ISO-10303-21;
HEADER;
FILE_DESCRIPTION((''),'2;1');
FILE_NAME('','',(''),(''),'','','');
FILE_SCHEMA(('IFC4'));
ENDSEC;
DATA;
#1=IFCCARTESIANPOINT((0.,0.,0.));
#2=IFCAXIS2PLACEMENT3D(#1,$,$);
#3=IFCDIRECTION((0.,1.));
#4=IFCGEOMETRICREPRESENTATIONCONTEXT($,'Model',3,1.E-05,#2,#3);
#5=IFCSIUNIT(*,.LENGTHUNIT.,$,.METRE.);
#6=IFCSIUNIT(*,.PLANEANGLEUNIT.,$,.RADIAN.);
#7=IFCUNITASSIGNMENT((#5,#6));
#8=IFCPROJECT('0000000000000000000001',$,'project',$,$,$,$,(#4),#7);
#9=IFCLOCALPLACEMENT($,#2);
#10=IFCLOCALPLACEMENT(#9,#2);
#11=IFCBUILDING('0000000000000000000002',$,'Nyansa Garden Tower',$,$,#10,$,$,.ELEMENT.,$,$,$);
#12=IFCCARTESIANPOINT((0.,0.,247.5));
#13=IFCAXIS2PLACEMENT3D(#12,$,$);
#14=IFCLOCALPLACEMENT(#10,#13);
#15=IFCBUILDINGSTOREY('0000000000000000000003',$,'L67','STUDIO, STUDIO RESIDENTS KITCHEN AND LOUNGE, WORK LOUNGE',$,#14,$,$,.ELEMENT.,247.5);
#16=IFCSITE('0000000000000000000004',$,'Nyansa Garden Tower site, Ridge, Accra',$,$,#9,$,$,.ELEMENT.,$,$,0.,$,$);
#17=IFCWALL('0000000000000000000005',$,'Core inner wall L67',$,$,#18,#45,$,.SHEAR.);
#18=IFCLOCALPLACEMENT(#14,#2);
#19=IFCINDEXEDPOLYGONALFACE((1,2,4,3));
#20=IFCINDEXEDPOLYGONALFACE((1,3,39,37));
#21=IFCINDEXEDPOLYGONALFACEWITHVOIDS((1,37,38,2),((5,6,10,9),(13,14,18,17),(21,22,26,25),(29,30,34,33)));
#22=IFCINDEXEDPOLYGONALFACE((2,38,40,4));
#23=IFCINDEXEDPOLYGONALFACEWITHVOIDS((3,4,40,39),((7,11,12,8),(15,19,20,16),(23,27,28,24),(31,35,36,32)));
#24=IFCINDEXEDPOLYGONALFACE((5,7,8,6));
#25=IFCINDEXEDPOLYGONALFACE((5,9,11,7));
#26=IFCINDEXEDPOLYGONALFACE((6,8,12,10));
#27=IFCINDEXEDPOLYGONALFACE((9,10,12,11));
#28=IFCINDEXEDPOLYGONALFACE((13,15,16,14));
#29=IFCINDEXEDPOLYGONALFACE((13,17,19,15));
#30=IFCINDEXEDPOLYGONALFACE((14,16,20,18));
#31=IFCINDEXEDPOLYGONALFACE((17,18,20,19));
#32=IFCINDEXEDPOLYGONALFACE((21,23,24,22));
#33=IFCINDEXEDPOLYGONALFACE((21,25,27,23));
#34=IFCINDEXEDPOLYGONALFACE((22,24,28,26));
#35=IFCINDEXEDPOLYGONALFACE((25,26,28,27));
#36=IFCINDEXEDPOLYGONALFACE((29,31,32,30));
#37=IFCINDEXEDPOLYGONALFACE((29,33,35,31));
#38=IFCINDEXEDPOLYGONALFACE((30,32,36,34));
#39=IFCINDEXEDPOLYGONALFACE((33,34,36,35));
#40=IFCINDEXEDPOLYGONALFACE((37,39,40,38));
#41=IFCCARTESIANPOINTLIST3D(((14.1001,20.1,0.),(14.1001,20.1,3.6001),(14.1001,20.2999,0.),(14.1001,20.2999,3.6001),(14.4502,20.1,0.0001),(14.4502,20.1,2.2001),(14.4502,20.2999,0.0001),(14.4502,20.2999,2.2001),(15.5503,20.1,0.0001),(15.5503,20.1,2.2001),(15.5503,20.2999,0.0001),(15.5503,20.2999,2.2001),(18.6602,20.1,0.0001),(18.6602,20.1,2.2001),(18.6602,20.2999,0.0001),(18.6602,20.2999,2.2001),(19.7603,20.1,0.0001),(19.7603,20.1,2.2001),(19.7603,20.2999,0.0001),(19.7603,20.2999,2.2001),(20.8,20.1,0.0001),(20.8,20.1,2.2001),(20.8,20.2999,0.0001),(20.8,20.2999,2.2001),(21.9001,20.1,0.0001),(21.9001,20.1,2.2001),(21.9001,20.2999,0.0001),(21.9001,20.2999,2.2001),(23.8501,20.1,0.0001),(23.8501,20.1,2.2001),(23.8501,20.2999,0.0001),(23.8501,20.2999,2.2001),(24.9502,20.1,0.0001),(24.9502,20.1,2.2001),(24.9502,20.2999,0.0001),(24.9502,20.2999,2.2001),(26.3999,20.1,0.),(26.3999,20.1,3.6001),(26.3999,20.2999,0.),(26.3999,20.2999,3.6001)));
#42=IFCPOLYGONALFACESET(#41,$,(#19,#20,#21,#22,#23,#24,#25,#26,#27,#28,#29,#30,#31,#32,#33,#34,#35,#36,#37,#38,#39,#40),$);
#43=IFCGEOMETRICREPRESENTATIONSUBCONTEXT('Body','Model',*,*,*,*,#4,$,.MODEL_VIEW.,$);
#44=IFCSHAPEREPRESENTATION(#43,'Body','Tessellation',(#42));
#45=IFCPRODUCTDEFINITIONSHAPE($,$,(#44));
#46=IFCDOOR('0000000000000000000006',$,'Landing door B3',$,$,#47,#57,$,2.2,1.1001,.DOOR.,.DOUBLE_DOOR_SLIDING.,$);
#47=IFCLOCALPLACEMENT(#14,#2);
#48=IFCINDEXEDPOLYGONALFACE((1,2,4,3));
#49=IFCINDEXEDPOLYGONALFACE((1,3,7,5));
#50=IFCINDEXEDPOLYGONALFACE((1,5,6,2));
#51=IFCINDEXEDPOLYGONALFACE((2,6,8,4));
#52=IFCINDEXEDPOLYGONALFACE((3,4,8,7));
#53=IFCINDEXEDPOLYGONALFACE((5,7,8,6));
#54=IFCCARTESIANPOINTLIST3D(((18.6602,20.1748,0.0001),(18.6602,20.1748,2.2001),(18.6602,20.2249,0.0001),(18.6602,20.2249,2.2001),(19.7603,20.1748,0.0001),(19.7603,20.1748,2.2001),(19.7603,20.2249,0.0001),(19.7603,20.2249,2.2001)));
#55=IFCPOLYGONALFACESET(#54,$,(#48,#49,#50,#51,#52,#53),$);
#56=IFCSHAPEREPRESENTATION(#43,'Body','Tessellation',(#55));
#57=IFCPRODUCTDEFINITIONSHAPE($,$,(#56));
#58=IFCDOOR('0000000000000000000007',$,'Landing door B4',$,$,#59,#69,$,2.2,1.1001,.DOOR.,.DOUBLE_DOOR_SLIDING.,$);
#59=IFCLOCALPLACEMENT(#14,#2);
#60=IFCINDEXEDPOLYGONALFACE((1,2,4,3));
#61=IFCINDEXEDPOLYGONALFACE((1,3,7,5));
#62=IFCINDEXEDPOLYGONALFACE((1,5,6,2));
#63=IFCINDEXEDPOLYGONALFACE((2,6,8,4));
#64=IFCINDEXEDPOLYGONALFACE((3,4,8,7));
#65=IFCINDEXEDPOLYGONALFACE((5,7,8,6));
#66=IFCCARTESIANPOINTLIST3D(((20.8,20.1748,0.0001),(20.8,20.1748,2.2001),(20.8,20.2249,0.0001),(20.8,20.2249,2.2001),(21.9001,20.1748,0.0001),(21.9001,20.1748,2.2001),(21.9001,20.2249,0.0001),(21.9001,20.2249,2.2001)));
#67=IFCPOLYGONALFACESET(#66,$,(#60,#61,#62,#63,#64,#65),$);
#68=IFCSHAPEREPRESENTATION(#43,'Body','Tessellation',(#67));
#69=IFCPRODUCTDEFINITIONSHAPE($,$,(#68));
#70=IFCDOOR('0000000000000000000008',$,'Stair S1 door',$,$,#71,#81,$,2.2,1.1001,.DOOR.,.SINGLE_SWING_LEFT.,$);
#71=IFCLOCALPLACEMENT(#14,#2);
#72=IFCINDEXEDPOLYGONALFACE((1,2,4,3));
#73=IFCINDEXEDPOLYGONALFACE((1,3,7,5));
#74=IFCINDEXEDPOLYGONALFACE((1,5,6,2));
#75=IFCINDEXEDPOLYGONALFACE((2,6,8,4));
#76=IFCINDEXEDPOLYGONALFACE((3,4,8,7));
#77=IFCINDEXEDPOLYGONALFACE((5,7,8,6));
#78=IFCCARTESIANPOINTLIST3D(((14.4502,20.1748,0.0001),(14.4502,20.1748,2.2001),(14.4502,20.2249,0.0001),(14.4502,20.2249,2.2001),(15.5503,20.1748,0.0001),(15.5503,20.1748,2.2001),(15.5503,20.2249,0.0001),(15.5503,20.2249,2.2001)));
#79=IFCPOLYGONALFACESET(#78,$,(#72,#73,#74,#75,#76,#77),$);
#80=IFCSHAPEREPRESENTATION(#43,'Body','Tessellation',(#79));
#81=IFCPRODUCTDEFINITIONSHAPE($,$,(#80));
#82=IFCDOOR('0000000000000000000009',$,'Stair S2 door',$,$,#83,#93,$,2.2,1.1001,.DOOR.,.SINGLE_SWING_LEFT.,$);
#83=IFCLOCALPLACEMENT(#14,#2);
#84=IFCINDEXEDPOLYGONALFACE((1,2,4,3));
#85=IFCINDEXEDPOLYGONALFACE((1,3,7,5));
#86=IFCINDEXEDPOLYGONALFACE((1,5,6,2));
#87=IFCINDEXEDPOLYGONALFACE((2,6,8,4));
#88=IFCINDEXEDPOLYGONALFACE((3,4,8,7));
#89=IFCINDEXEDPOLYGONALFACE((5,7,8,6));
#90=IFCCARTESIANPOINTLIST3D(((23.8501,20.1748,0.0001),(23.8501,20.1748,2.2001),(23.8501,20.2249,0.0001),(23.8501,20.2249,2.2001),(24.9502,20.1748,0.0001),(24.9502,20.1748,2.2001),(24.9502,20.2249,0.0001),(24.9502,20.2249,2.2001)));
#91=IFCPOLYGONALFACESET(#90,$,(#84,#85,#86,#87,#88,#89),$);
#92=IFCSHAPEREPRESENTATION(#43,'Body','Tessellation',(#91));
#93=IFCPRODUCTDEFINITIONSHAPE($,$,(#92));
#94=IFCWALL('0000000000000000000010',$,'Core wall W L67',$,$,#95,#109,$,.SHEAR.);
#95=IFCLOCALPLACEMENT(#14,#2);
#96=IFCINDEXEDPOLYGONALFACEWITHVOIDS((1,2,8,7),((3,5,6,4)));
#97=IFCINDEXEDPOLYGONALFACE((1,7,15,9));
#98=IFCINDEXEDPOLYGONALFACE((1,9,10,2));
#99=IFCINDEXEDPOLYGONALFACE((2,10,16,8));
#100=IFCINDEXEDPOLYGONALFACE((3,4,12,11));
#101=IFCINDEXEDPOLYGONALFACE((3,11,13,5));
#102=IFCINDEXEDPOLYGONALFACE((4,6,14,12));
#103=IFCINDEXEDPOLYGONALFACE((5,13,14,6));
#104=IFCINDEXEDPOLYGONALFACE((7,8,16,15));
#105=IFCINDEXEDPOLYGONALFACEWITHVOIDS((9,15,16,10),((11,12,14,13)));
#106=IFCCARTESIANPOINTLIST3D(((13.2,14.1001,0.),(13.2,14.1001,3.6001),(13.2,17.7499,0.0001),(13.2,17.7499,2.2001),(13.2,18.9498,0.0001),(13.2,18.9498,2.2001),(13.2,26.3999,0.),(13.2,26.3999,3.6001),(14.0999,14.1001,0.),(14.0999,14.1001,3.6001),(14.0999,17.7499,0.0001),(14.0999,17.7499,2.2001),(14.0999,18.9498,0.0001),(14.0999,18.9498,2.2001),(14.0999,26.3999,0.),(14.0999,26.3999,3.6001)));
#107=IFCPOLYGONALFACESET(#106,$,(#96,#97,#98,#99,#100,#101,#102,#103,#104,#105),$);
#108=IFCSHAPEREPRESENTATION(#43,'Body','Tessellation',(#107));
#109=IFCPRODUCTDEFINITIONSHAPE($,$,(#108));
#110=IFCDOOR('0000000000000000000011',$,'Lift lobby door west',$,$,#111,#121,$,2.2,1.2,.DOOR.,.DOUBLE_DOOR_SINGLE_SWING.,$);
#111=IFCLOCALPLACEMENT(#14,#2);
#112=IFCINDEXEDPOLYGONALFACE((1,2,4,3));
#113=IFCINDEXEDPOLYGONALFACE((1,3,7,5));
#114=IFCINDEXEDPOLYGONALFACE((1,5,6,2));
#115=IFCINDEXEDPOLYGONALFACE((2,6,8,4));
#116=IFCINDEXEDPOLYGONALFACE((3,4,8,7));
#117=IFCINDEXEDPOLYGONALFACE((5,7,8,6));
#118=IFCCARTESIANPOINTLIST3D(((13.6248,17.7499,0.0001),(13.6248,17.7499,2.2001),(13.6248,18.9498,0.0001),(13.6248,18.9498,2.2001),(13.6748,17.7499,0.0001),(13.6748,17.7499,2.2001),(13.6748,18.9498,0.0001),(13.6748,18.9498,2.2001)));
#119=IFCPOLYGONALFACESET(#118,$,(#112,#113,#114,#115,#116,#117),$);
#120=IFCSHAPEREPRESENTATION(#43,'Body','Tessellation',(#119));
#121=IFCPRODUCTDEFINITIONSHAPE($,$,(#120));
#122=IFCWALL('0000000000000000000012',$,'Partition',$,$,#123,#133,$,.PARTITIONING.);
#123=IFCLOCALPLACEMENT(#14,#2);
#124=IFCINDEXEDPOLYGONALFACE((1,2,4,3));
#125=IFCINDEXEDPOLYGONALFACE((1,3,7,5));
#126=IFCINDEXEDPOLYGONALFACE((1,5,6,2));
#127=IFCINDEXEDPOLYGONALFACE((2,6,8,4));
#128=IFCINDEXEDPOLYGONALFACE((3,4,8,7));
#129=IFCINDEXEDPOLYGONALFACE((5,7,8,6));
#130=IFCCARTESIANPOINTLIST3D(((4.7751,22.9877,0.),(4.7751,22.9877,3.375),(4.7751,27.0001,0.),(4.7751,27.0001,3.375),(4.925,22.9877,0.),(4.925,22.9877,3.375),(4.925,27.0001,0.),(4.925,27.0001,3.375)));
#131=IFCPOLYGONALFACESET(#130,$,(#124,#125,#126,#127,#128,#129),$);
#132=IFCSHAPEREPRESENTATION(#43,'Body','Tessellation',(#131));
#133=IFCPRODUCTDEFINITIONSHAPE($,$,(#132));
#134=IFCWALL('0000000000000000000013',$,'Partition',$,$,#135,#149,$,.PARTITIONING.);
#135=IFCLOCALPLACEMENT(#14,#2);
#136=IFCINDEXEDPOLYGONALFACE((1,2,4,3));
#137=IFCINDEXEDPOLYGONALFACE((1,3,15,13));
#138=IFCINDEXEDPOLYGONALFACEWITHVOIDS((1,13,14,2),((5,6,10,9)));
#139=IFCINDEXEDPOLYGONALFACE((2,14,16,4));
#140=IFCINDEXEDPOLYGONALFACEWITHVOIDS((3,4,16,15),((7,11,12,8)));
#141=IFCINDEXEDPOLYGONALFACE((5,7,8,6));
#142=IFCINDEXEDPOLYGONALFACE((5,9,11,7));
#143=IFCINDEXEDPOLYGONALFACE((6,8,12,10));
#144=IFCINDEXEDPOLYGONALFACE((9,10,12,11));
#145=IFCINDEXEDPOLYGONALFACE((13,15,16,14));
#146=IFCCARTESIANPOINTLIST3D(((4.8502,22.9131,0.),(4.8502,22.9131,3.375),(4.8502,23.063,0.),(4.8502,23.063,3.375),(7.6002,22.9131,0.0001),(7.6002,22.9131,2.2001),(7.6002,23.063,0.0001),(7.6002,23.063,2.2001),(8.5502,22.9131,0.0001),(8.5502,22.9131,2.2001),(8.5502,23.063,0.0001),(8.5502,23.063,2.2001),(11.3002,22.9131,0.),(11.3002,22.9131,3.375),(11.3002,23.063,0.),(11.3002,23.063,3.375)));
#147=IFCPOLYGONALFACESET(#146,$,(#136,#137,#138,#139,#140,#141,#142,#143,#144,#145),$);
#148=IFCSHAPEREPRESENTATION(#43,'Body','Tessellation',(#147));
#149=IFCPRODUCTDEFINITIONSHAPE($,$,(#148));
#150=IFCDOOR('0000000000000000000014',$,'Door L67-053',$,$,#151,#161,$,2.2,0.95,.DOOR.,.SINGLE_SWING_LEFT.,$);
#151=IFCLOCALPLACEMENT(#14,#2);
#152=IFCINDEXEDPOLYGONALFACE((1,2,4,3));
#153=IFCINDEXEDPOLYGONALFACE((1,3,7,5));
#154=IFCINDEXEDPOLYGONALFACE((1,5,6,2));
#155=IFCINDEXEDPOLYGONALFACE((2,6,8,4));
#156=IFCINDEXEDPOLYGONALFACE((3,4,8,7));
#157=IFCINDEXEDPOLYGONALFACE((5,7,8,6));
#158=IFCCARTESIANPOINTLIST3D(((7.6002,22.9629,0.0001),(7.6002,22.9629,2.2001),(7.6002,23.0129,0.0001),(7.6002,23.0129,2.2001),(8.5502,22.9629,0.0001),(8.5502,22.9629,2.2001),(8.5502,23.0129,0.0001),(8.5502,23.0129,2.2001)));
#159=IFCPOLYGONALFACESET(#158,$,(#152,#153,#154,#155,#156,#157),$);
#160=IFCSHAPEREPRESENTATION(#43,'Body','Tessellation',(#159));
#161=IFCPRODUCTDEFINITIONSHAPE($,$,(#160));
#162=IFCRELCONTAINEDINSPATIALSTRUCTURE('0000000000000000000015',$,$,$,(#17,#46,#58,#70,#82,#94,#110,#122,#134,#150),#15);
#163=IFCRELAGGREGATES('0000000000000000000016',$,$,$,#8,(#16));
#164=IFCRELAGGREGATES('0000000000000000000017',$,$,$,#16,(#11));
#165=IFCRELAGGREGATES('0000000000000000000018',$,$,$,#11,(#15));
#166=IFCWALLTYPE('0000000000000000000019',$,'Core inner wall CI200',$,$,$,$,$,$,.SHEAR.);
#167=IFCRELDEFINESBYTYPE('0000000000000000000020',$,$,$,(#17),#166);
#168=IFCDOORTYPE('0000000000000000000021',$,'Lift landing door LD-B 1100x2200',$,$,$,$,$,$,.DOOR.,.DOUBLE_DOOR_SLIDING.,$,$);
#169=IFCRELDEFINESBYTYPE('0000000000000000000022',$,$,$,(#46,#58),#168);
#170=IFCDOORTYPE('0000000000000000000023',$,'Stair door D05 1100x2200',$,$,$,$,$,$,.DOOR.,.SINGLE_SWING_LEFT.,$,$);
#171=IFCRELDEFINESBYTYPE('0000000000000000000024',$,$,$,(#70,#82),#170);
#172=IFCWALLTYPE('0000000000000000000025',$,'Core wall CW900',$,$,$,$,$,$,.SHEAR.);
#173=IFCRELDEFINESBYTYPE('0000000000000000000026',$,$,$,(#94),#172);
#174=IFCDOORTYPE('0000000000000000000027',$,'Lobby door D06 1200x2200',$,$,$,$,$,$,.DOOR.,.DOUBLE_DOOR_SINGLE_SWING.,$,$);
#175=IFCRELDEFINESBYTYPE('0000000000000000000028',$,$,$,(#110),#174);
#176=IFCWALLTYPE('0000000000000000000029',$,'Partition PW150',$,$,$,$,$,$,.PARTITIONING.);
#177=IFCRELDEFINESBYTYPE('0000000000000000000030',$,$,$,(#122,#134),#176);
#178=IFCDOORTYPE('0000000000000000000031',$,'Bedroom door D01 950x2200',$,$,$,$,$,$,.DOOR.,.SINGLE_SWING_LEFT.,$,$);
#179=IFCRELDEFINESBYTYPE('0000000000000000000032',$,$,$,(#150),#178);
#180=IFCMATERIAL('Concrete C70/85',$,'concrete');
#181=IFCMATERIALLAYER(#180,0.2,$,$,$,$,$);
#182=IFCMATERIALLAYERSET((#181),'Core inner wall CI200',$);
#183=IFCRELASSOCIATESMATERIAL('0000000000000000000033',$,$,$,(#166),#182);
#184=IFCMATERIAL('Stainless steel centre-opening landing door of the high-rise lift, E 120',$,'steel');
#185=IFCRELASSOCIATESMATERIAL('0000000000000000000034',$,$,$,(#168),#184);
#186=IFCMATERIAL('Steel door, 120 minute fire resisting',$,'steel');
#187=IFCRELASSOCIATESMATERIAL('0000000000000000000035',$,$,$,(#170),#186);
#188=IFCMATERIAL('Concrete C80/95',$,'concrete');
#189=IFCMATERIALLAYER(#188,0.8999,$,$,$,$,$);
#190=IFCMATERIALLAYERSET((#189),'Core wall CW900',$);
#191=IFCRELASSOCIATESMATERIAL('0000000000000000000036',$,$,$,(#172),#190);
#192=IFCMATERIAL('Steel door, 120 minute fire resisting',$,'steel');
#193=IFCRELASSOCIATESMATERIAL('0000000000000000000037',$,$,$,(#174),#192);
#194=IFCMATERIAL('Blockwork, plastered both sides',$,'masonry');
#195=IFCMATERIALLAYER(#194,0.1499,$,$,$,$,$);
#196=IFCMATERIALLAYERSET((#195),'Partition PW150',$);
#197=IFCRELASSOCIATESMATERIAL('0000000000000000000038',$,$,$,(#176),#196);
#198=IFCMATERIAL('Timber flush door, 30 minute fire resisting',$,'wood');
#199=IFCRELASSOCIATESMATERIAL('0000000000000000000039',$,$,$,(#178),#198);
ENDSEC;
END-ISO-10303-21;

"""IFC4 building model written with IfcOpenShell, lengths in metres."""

from ifc_helpers import new_model, si_unit, direction, frame, frame_2d, origin, place, context, subcontext, project, spatial, rectangle, extrude, material, layer, layer_set, type_object, element, fill, save


model = new_model("IFC4")

# Units and contexts
model_context = context("Model", 3, precision=1e-05, world=origin(), true_north=direction((0.0, 1.0)))
body_context = subcontext(model_context, "Body", "Model", "MODEL_VIEW")
ifc_project = project(units=[si_unit("LENGTHUNIT", "METRE"), si_unit("PLANEANGLEUNIT", "RADIAN")], contexts=[model_context])

# Site, building, storey
site_placement = place(None, origin())
site = spatial("IfcSite", under=ifc_project, at=site_placement, Name="Nyansa Garden Tower site, Ridge, Accra", CompositionType="ELEMENT", RefElevation=0.0)
building_placement = place(site_placement, origin())
building = spatial("IfcBuilding", under=site, at=building_placement, Name="Nyansa Garden Tower", CompositionType="ELEMENT")
storey_placement = place(building_placement, frame((0.0, 0.0, 247.5)))
storey = spatial("IfcBuildingStorey", under=building, at=storey_placement, Name="L67", Description="STUDIO, STUDIO RESIDENTS KITCHEN AND LOUNGE, WORK LOUNGE", CompositionType="ELEMENT", Elevation=247.5)

# Wall, openings, doors
ifc_material_1 = material(Name="Concrete C70/85", Category="concrete")
ifc_layer_1 = layer(ifc_material_1, 0.2)
ifc_layer_set_1 = layer_set([ifc_layer_1], Name="Core inner wall CI200")
wall_type_1 = type_object("IfcWallType", Name="Core inner wall CI200", PredefinedType="SHEAR", material=ifc_layer_set_1)
wall_1_placement = place(storey_placement, frame((14.1001, 20.2, 0.0), z_axis=(0.0, 0.0, 1.0), x_axis=(1.0, 0.0, 0.0)))
wall_1 = element("IfcWall", 1, at=wall_1_placement, inside=storey, type_object=wall_type_1, Name="Core inner wall L67", PredefinedType="SHEAR", context=body_context, shape_type="SweptSolid", body=[
    extrude(rectangle(XDim=12.2998, YDim=0.2, at=frame_2d((6.1499, 0.0))), origin(), (0.0, 0.0, 1.0), 3.6001),
])
opening_1_placement = place(wall_1_placement, frame((4.5601, 0.0, 0.0)))
opening_1 = element("IfcOpeningElement", 2, at=opening_1_placement, cuts=wall_1, PredefinedType="OPENING", context=body_context, shape_type="SweptSolid", body=[
    extrude(rectangle(XDim=1.1001, YDim=2.2, at=frame_2d((0.55, 1.1001))), frame((0.0, 0.1099, 0.0), z_axis=(0.0, -1.0, 0.0), x_axis=(1.0, 0.0, 0.0)), (0.0, 0.0, 1.0), 0.22),
])
opening_2_placement = place(wall_1_placement, frame((6.7, 0.0, 0.0)))
opening_2 = element("IfcOpeningElement", 3, at=opening_2_placement, cuts=wall_1, PredefinedType="OPENING", context=body_context, shape_type="SweptSolid", body=[
    extrude(rectangle(XDim=1.1001, YDim=2.2, at=frame_2d((0.55, 1.1001))), frame((0.0, 0.1099, 0.0), z_axis=(0.0, -1.0, 0.0), x_axis=(1.0, 0.0, 0.0)), (0.0, 0.0, 1.0), 0.22),
])
opening_3_placement = place(wall_1_placement, frame((0.3501, 0.0, 0.0)))
opening_3 = element("IfcOpeningElement", 4, at=opening_3_placement, cuts=wall_1, PredefinedType="OPENING", context=body_context, shape_type="SweptSolid", body=[
    extrude(rectangle(XDim=1.1001, YDim=2.2, at=frame_2d((0.55, 1.1001))), frame((0.0, 0.1099, 0.0), z_axis=(0.0, -1.0, 0.0), x_axis=(1.0, 0.0, 0.0)), (0.0, 0.0, 1.0), 0.22),
])
opening_4_placement = place(wall_1_placement, frame((9.75, 0.0, 0.0)))
opening_4 = element("IfcOpeningElement", 5, at=opening_4_placement, cuts=wall_1, PredefinedType="OPENING", context=body_context, shape_type="SweptSolid", body=[
    extrude(rectangle(XDim=1.1001, YDim=2.2, at=frame_2d((0.55, 1.1001))), frame((0.0, 0.1099, 0.0), z_axis=(0.0, -1.0, 0.0), x_axis=(1.0, 0.0, 0.0)), (0.0, 0.0, 1.0), 0.22),
])
ifc_material_2 = material(Name="Stainless steel centre-opening landing door of the high-rise lift, E 120", Category="steel")
door_type_1 = type_object("IfcDoorType", Name="Lift landing door LD-B 1100x2200", OperationType="DOUBLE_DOOR_SLIDING", PredefinedType="DOOR", material=ifc_material_2)
door_1_placement = place(opening_1_placement, origin())
door_1 = element("IfcDoor", 6, at=door_1_placement, inside=storey, type_object=door_type_1, Name="Landing door B3", OperationType="DOUBLE_DOOR_SLIDING", OverallHeight=2.2, OverallWidth=1.1001, PredefinedType="DOOR", context=body_context, shape_type="SweptSolid", body=[
    extrude(rectangle(XDim=1.1001, YDim=2.2, at=frame_2d((0.55, 1.1001))), frame((0.0, 0.0249, 0.0), z_axis=(0.0, -1.0, 0.0), x_axis=(1.0, 0.0, 0.0)), (0.0, 0.0, 1.0), 0.05),
])
fill(opening_1, door_1)
door_2_placement = place(opening_2_placement, origin())
door_2 = element("IfcDoor", 7, at=door_2_placement, inside=storey, type_object=door_type_1, Name="Landing door B4", OperationType="DOUBLE_DOOR_SLIDING", OverallHeight=2.2, OverallWidth=1.1001, PredefinedType="DOOR", context=body_context, shape_type="SweptSolid", body=[
    extrude(rectangle(XDim=1.1001, YDim=2.2, at=frame_2d((0.55, 1.1001))), frame((0.0, 0.0249, 0.0), z_axis=(0.0, -1.0, 0.0), x_axis=(1.0, 0.0, 0.0)), (0.0, 0.0, 1.0), 0.05),
])
fill(opening_2, door_2)
ifc_material_3 = material(Name="Steel door, 120 minute fire resisting", Category="steel")
door_type_2 = type_object("IfcDoorType", Name="Stair door D05 1100x2200", OperationType="SINGLE_SWING_LEFT", PredefinedType="DOOR", material=ifc_material_3)
door_3_placement = place(opening_3_placement, origin())
door_3 = element("IfcDoor", 8, at=door_3_placement, inside=storey, type_object=door_type_2, Name="Stair S1 door", OperationType="SINGLE_SWING_LEFT", OverallHeight=2.2, OverallWidth=1.1001, PredefinedType="DOOR", context=body_context, shape_type="SweptSolid", body=[
    extrude(rectangle(XDim=1.1001, YDim=2.2, at=frame_2d((0.55, 1.1001))), frame((0.0, 0.0249, 0.0), z_axis=(0.0, -1.0, 0.0), x_axis=(1.0, 0.0, 0.0)), (0.0, 0.0, 1.0), 0.05),
])
fill(opening_3, door_3)
door_4_placement = place(opening_4_placement, origin())
door_4 = element("IfcDoor", 9, at=door_4_placement, inside=storey, type_object=door_type_2, Name="Stair S2 door", OperationType="SINGLE_SWING_LEFT", OverallHeight=2.2, OverallWidth=1.1001, PredefinedType="DOOR", context=body_context, shape_type="SweptSolid", body=[
    extrude(rectangle(XDim=1.1001, YDim=2.2, at=frame_2d((0.55, 1.1001))), frame((0.0, 0.0249, 0.0), z_axis=(0.0, -1.0, 0.0), x_axis=(1.0, 0.0, 0.0)), (0.0, 0.0, 1.0), 0.05),
])
fill(opening_4, door_4)

# Wall, opening, door
ifc_material_4 = material(Name="Concrete C80/95", Category="concrete")
ifc_layer_2 = layer(ifc_material_4, 0.8999)
ifc_layer_set_2 = layer_set([ifc_layer_2], Name="Core wall CW900")
wall_type_2 = type_object("IfcWallType", Name="Core wall CW900", PredefinedType="SHEAR", material=ifc_layer_set_2)
wall_2_placement = place(storey_placement, frame((13.6499, 26.3999, 0.0), z_axis=(0.0, 0.0, 1.0), x_axis=(0.0, -1.0, 0.0)))
wall_2 = element("IfcWall", 10, at=wall_2_placement, inside=storey, type_object=wall_type_2, Name="Core wall W L67", PredefinedType="SHEAR", context=body_context, shape_type="SweptSolid", body=[
    extrude(rectangle(XDim=12.2998, YDim=0.8999, at=frame_2d((6.1499, 0.0))), origin(), (0.0, 0.0, 1.0), 3.6001),
])
opening_5_placement = place(wall_2_placement, frame((7.45, 0.0, 0.0)))
opening_5 = element("IfcOpeningElement", 11, at=opening_5_placement, cuts=wall_2, PredefinedType="OPENING", context=body_context, shape_type="SweptSolid", body=[
    extrude(rectangle(XDim=1.2, YDim=2.2, at=frame_2d((0.6001, 1.1001))), frame((0.0, 0.46, 0.0), z_axis=(0.0, -1.0, 0.0), x_axis=(1.0, 0.0, 0.0)), (0.0, 0.0, 1.0), 0.9199),
])
ifc_material_5 = material(Name="Steel door, 120 minute fire resisting", Category="steel")
door_type_3 = type_object("IfcDoorType", Name="Lobby door D06 1200x2200", OperationType="DOUBLE_DOOR_SINGLE_SWING", PredefinedType="DOOR", material=ifc_material_5)
door_5_placement = place(opening_5_placement, origin())
door_5 = element("IfcDoor", 12, at=door_5_placement, inside=storey, type_object=door_type_3, Name="Lift lobby door west", OperationType="DOUBLE_DOOR_SINGLE_SWING", OverallHeight=2.2, OverallWidth=1.2, PredefinedType="DOOR", context=body_context, shape_type="SweptSolid", body=[
    extrude(rectangle(XDim=1.2, YDim=2.2, at=frame_2d((0.6001, 1.1001))), frame((0.0, 0.0249, 0.0), z_axis=(0.0, -1.0, 0.0), x_axis=(1.0, 0.0, 0.0)), (0.0, 0.0, 1.0), 0.05),
])
fill(opening_5, door_5)

# Wall
ifc_material_6 = material(Name="Blockwork, plastered both sides", Category="masonry")
ifc_layer_3 = layer(ifc_material_6, 0.1499)
ifc_layer_set_3 = layer_set([ifc_layer_3], Name="Partition PW150")
wall_type_3 = type_object("IfcWallType", Name="Partition PW150", PredefinedType="PARTITIONING", material=ifc_layer_set_3)
wall_3_placement = place(storey_placement, frame((4.8501, 22.9875, 0.0), z_axis=(0.0, 0.0, 1.0), x_axis=(0.0, 1.0, 0.0)))
element("IfcWall", 13, at=wall_3_placement, inside=storey, type_object=wall_type_3, Name="Partition", PredefinedType="PARTITIONING", context=body_context, shape_type="SweptSolid", body=[
    extrude(rectangle(XDim=4.0125, YDim=0.1499, at=frame_2d((2.0063, 0.0))), origin(), (0.0, 0.0, 1.0), 3.375),
])

# Wall, opening, door
wall_4_placement = place(storey_placement, frame((4.8501, 22.988, 0.0), z_axis=(0.0, 0.0, 1.0), x_axis=(1.0, 0.0, 0.0)))
wall_4 = element("IfcWall", 14, at=wall_4_placement, inside=storey, type_object=wall_type_3, Name="Partition", PredefinedType="PARTITIONING", context=body_context, shape_type="SweptSolid", body=[
    extrude(rectangle(XDim=6.45, YDim=0.1499, at=frame_2d((3.2251, 0.0))), origin(), (0.0, 0.0, 1.0), 3.375),
])
opening_6_placement = place(wall_4_placement, frame((2.75, 0.0, 0.0)))
opening_6 = element("IfcOpeningElement", 15, at=opening_6_placement, cuts=wall_4, PredefinedType="OPENING", context=body_context, shape_type="SweptSolid", body=[
    extrude(rectangle(XDim=0.95, YDim=2.2, at=frame_2d((0.4751, 1.1001))), frame((0.0, 0.085, 0.0), z_axis=(0.0, -1.0, 0.0), x_axis=(1.0, 0.0, 0.0)), (0.0, 0.0, 1.0), 0.1699),
])
ifc_material_7 = material(Name="Timber flush door, 30 minute fire resisting", Category="wood")
door_type_4 = type_object("IfcDoorType", Name="Bedroom door D01 950x2200", OperationType="SINGLE_SWING_LEFT", PredefinedType="DOOR", material=ifc_material_7)
door_6_placement = place(opening_6_placement, origin())
door_6 = element("IfcDoor", 16, at=door_6_placement, inside=storey, type_object=door_type_4, Name="Door L67-053", OperationType="SINGLE_SWING_LEFT", OverallHeight=2.2, OverallWidth=0.95, PredefinedType="DOOR", context=body_context, shape_type="SweptSolid", body=[
    extrude(rectangle(XDim=0.95, YDim=2.2, at=frame_2d((0.4751, 1.1001))), frame((0.0, 0.0249, 0.0), z_axis=(0.0, -1.0, 0.0), x_axis=(1.0, 0.0, 0.0)), (0.0, 0.0, 1.0), 0.05),
])
fill(opening_6, door_6)

save(model, "model.ifc")
